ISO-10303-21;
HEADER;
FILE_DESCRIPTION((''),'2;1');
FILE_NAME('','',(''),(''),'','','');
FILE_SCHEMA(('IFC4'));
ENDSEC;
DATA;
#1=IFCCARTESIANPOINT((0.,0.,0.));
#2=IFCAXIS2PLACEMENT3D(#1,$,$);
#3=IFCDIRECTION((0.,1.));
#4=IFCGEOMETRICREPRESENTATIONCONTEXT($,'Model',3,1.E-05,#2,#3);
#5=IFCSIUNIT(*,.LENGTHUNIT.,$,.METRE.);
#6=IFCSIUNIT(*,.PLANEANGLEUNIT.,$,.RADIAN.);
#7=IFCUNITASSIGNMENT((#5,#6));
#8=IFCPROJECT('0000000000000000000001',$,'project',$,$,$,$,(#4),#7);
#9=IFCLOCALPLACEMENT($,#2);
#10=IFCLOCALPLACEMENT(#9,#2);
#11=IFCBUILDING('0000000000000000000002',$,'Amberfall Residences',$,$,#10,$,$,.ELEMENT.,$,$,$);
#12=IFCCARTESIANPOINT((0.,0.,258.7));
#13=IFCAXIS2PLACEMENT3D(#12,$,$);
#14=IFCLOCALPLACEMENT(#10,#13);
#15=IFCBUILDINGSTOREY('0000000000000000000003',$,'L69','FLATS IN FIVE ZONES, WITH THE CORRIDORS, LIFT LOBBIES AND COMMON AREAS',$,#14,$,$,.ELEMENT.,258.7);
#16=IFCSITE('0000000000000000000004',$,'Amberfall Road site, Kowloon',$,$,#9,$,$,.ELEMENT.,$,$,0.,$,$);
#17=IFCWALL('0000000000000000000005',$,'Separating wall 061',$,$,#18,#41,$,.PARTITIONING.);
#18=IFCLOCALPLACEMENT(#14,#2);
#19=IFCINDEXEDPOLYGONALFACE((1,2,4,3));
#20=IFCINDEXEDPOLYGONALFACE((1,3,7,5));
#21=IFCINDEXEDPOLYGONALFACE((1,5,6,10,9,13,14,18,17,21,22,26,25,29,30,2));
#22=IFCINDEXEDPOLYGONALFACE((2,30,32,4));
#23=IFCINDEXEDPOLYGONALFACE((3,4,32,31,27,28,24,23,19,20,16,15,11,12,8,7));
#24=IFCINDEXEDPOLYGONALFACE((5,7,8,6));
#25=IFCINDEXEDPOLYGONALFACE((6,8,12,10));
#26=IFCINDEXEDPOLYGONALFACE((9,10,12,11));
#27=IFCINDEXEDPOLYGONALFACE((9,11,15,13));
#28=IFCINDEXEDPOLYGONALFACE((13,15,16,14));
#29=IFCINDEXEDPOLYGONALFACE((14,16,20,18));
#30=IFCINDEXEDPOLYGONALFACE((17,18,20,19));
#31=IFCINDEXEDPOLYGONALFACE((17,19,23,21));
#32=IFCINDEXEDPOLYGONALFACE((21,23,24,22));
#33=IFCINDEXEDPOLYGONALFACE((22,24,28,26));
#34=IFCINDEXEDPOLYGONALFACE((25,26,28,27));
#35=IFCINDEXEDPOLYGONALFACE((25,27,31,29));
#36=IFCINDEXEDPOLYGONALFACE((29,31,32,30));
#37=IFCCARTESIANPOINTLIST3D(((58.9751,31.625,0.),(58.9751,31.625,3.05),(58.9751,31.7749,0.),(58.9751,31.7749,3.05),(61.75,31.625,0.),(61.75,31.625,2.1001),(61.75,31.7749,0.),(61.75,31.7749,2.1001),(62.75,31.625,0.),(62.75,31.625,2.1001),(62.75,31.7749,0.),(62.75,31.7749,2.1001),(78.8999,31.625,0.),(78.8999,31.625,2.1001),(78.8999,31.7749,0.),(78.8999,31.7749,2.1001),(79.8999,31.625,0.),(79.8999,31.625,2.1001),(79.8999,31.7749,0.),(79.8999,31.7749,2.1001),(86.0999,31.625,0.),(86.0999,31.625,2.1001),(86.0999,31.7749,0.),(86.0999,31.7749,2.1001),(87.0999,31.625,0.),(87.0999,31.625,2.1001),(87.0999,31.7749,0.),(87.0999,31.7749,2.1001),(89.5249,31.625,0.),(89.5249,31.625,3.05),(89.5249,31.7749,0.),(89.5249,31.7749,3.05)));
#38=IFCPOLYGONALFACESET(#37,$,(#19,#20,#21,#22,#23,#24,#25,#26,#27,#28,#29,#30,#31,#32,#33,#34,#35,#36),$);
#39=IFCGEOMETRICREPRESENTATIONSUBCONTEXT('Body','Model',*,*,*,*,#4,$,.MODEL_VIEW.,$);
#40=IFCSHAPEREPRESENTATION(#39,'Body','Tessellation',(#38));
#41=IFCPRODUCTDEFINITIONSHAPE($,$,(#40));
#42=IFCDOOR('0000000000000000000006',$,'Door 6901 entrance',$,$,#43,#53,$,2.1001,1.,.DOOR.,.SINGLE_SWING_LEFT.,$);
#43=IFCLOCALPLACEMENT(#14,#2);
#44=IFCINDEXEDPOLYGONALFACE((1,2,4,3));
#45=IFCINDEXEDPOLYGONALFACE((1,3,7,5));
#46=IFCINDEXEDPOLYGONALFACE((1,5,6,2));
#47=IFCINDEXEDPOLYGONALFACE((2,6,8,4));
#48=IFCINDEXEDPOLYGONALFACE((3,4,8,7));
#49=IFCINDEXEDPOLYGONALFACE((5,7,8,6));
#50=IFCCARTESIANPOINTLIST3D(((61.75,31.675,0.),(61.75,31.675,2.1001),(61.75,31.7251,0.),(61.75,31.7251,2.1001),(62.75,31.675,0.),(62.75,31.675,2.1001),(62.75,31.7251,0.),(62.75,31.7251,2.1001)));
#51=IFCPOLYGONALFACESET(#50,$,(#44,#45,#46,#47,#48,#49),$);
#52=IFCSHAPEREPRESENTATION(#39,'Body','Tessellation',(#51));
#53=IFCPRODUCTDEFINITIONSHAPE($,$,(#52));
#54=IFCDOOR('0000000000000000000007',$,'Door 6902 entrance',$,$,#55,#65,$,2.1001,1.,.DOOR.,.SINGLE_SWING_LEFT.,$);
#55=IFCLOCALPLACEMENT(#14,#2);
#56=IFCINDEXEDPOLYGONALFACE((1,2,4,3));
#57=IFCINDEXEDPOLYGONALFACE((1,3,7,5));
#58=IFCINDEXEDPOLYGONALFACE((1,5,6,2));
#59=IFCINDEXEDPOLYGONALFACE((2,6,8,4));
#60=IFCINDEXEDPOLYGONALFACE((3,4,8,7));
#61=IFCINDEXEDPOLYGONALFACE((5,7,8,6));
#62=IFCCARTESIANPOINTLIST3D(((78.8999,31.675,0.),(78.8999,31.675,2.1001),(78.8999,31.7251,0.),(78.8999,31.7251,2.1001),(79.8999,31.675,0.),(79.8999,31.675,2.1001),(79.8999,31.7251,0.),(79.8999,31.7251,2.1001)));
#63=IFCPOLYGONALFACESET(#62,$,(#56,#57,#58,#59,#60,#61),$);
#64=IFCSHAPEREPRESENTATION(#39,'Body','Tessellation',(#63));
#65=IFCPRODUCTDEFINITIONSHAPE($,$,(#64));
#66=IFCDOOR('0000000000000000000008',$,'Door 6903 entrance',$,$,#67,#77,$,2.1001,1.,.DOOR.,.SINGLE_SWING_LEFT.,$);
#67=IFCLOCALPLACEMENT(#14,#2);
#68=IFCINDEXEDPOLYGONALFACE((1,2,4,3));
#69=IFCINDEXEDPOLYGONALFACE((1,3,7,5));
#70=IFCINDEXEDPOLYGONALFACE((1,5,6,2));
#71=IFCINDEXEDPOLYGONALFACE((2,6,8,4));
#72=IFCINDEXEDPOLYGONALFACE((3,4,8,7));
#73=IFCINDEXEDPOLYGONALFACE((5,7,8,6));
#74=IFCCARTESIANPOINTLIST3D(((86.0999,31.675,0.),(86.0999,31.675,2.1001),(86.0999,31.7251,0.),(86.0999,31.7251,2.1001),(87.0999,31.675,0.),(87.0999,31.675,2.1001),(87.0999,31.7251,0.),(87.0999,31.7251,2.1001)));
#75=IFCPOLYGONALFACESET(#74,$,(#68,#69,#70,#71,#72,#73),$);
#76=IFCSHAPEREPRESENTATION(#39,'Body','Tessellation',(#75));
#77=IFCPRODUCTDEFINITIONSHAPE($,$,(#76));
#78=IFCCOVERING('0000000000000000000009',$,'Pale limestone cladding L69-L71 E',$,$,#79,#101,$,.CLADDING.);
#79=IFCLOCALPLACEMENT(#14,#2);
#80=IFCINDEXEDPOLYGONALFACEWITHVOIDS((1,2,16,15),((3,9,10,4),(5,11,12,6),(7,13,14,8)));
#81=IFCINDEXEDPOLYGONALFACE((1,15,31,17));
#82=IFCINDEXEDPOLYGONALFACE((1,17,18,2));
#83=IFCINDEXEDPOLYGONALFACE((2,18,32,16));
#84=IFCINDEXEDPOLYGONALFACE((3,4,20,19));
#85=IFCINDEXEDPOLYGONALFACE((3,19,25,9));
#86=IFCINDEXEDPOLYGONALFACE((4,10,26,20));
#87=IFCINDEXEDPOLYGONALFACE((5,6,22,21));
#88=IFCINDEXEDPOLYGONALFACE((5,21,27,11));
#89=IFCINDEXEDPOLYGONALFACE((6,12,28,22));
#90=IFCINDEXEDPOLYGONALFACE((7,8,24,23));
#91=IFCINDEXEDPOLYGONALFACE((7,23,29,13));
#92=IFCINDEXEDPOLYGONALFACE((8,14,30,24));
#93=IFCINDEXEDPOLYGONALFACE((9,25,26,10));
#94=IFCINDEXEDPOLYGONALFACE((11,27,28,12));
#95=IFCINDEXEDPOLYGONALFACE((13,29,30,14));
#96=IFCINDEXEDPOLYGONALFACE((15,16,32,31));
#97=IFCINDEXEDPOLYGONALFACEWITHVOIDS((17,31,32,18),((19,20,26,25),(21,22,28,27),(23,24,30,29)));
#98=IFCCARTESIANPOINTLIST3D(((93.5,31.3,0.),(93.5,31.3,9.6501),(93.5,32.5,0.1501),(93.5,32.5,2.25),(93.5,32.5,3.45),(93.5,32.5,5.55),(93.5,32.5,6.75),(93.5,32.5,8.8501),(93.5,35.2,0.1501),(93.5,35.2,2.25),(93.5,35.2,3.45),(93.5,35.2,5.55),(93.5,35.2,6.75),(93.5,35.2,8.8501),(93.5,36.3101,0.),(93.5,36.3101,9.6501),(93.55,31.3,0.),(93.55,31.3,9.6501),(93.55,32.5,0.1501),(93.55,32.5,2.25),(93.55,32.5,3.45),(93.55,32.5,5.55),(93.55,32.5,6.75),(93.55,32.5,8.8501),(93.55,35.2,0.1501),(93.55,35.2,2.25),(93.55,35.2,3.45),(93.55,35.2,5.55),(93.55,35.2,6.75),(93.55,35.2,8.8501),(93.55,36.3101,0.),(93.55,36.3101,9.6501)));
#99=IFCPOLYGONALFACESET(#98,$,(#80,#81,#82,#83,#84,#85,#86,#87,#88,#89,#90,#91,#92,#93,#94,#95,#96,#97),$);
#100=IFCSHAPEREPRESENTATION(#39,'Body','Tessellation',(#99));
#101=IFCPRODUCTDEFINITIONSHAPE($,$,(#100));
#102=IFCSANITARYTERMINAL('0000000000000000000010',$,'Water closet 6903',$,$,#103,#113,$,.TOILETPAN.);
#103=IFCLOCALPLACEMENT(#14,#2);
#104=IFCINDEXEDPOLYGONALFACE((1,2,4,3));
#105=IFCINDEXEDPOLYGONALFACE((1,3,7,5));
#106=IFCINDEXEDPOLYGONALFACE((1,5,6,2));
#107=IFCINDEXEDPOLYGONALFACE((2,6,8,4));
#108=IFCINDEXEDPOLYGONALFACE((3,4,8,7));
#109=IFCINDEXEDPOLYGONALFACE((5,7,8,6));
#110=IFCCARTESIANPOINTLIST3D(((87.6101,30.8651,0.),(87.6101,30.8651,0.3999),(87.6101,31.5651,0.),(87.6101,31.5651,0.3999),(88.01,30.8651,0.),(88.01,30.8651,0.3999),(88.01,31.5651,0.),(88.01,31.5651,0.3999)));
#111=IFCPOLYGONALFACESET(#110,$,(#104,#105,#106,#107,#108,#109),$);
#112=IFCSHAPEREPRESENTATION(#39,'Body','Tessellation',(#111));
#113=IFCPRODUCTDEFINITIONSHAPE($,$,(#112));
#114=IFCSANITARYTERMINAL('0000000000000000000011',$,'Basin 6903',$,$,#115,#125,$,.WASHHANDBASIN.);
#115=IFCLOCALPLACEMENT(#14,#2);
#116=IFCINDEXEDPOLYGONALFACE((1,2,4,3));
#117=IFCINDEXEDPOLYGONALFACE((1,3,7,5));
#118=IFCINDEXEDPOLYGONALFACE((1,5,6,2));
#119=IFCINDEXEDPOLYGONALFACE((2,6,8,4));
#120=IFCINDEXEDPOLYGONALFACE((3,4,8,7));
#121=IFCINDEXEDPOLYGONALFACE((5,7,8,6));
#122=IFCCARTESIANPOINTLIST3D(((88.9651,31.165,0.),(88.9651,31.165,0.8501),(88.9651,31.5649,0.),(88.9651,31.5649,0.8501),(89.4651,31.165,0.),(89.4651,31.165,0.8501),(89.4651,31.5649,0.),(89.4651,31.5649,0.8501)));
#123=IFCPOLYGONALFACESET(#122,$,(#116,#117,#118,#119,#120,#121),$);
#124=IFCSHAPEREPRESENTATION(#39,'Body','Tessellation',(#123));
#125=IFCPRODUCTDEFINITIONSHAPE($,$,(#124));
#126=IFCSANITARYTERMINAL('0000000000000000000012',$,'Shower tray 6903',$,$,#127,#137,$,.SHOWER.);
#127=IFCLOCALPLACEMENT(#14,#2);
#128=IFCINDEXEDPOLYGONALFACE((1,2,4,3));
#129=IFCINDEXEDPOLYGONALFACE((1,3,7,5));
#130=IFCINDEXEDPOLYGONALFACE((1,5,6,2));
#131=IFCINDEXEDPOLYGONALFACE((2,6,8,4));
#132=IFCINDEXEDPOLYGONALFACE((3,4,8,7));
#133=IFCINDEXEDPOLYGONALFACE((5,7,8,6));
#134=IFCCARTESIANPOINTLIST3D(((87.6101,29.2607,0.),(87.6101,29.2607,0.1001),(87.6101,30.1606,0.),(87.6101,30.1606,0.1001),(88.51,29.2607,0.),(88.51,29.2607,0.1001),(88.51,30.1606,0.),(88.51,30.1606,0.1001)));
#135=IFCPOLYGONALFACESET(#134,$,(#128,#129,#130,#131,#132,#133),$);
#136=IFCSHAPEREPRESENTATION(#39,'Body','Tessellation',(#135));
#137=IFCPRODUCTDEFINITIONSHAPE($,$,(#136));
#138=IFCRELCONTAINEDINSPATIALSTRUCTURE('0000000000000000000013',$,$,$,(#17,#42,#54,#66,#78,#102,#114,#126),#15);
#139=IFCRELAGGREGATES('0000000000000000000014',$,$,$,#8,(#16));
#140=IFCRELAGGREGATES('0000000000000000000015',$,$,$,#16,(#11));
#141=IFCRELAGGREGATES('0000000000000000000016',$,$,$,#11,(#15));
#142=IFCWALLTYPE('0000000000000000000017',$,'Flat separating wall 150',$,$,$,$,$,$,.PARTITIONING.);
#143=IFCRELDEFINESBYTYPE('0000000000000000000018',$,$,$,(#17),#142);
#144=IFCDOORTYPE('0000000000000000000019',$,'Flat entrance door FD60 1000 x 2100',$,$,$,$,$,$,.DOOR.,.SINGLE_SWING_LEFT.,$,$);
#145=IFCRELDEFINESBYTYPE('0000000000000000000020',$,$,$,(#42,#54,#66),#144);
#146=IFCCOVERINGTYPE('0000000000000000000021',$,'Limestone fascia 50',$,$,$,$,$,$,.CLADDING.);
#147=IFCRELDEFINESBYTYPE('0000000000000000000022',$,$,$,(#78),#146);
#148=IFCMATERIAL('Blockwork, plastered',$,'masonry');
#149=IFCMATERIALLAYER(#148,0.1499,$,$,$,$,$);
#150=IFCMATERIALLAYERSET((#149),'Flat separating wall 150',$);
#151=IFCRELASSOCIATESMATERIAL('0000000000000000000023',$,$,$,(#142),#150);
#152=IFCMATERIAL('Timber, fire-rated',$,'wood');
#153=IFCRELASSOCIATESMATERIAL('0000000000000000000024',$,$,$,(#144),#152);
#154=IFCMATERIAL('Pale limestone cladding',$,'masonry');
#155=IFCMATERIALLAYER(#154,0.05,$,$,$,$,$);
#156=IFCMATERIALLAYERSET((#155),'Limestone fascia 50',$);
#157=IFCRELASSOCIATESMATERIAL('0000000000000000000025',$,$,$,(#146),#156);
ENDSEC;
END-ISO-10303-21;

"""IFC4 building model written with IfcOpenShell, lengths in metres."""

from ifc_helpers import new_model, si_unit, direction, frame, frame_2d, origin, origin_2d, place, context, subcontext, project, spatial, polyline, rectangle, outline, extrude, material, layer, layer_set, type_object, element, fill, save


model = new_model("IFC4")

# Units and contexts
model_context = context("Model", 3, precision=1e-05, world=origin(), true_north=direction((0.0, 1.0)))
body_context = subcontext(model_context, "Body", "Model", "MODEL_VIEW")
ifc_project = project(units=[si_unit("LENGTHUNIT", "METRE"), si_unit("PLANEANGLEUNIT", "RADIAN")], contexts=[model_context])

# Site, building, storey
site_placement = place(None, origin())
site = spatial("IfcSite", under=ifc_project, at=site_placement, Name="Amberfall Road site, Kowloon", CompositionType="ELEMENT", RefElevation=0.0)
building_placement = place(site_placement, origin())
building = spatial("IfcBuilding", under=site, at=building_placement, Name="Amberfall Residences", CompositionType="ELEMENT")
storey_placement = place(building_placement, frame((0.0, 0.0, 258.7)))
storey = spatial("IfcBuildingStorey", under=building, at=storey_placement, Name="L69", Description="FLATS IN FIVE ZONES, WITH THE CORRIDORS, LIFT LOBBIES AND COMMON AREAS", CompositionType="ELEMENT", Elevation=258.7)

# Shared definitions
ifc_material_1 = material(Name="Blockwork, plastered", Category="masonry")
ifc_layer_1 = layer(ifc_material_1, 0.1499)
ifc_layer_set_1 = layer_set([ifc_layer_1], Name="Flat separating wall 150")
wall_type_1 = type_object("IfcWallType", Name="Flat separating wall 150", PredefinedType="PARTITIONING", material=ifc_layer_set_1)

# Wall, openings, doors
wall_1_placement = place(storey_placement, frame((89.5249, 31.7, 0.0), z_axis=(0.0, 0.0, 1.0), x_axis=(-1.0, 0.0, 0.0)))
wall_1 = element("IfcWall", 1, at=wall_1_placement, inside=storey, type_object=wall_type_1, Name="Separating wall 061", PredefinedType="PARTITIONING", context=body_context, shape_type="SweptSolid", body=[
    extrude(rectangle(XDim=30.5498, YDim=0.1499, at=frame_2d((15.2749, 0.0))), origin(), (0.0, 0.0, 1.0), 3.05),
])
opening_1_placement = place(wall_1_placement, frame((26.7749, 0.0, 0.0)))
opening_1 = element("IfcOpeningElement", 2, at=opening_1_placement, cuts=wall_1, PredefinedType="OPENING", context=body_context, shape_type="SweptSolid", body=[
    extrude(rectangle(XDim=1.0, YDim=2.1001, at=frame_2d((0.5, 1.05))), frame((0.0, 0.085, 0.0), z_axis=(0.0, -1.0, 0.0), x_axis=(1.0, 0.0, 0.0)), (0.0, 0.0, 1.0), 0.1699),
])
opening_2_placement = place(wall_1_placement, frame((9.625, 0.0, 0.0)))
opening_2 = element("IfcOpeningElement", 3, at=opening_2_placement, cuts=wall_1, PredefinedType="OPENING", context=body_context, shape_type="SweptSolid", body=[
    extrude(rectangle(XDim=1.0, YDim=2.1001, at=frame_2d((0.5, 1.05))), frame((0.0, 0.085, 0.0), z_axis=(0.0, -1.0, 0.0), x_axis=(1.0, 0.0, 0.0)), (0.0, 0.0, 1.0), 0.1699),
])
opening_3_placement = place(wall_1_placement, frame((2.425, 0.0, 0.0)))
opening_3 = element("IfcOpeningElement", 4, at=opening_3_placement, cuts=wall_1, PredefinedType="OPENING", context=body_context, shape_type="SweptSolid", body=[
    extrude(rectangle(XDim=1.0, YDim=2.1001, at=frame_2d((0.5, 1.05))), frame((0.0, 0.085, 0.0), z_axis=(0.0, -1.0, 0.0), x_axis=(1.0, 0.0, 0.0)), (0.0, 0.0, 1.0), 0.1699),
])
ifc_material_2 = material(Name="Timber, fire-rated", Category="wood")
door_type_1 = type_object("IfcDoorType", Name="Flat entrance door FD60 1000 x 2100", OperationType="SINGLE_SWING_LEFT", PredefinedType="DOOR", material=ifc_material_2)
door_1_placement = place(opening_1_placement, origin())
door_1 = element("IfcDoor", 5, at=door_1_placement, inside=storey, type_object=door_type_1, Name="Door 6901 entrance", OperationType="SINGLE_SWING_LEFT", OverallHeight=2.1001, OverallWidth=1.0, PredefinedType="DOOR", context=body_context, shape_type="SweptSolid", body=[
    extrude(rectangle(XDim=1.0, YDim=2.1001, at=frame_2d((0.5, 1.05))), frame((0.0, 0.0249, 0.0), z_axis=(0.0, -1.0, 0.0), x_axis=(1.0, 0.0, 0.0)), (0.0, 0.0, 1.0), 0.05),
])
fill(opening_1, door_1)
door_2_placement = place(opening_2_placement, origin())
door_2 = element("IfcDoor", 6, at=door_2_placement, inside=storey, type_object=door_type_1, Name="Door 6902 entrance", OperationType="SINGLE_SWING_LEFT", OverallHeight=2.1001, OverallWidth=1.0, PredefinedType="DOOR", context=body_context, shape_type="SweptSolid", body=[
    extrude(rectangle(XDim=1.0, YDim=2.1001, at=frame_2d((0.5, 1.05))), frame((0.0, 0.0249, 0.0), z_axis=(0.0, -1.0, 0.0), x_axis=(1.0, 0.0, 0.0)), (0.0, 0.0, 1.0), 0.05),
])
fill(opening_2, door_2)
door_3_placement = place(opening_3_placement, origin())
door_3 = element("IfcDoor", 7, at=door_3_placement, inside=storey, type_object=door_type_1, Name="Door 6903 entrance", OperationType="SINGLE_SWING_LEFT", OverallHeight=2.1001, OverallWidth=1.0, PredefinedType="DOOR", context=body_context, shape_type="SweptSolid", body=[
    extrude(rectangle(XDim=1.0, YDim=2.1001, at=frame_2d((0.5, 1.05))), frame((0.0, 0.0249, 0.0), z_axis=(0.0, -1.0, 0.0), x_axis=(1.0, 0.0, 0.0)), (0.0, 0.0, 1.0), 0.05),
])
fill(opening_3, door_3)

# Covering
ifc_material_3 = material(Name="Pale limestone cladding", Category="masonry")
ifc_layer_2 = layer(ifc_material_3, 0.05)
ifc_layer_set_2 = layer_set([ifc_layer_2], Name="Limestone fascia 50")
covering_type = type_object("IfcCoveringType", Name="Limestone fascia 50", PredefinedType="CLADDING", material=ifc_layer_set_2)
covering_placement = place(storey_placement, frame((93.5, 31.3, 9.6501), z_axis=(-1.0, 0.0, 0.0), x_axis=(0.0, 1.0, 0.0)))
element("IfcCovering", 8, at=covering_placement, inside=storey, type_object=covering_type, Name="Pale limestone cladding L69-L71 E", PredefinedType="CLADDING", context=body_context, shape_type="SweptSolid", body=[
    extrude(outline(polyline([(0.0, 0.0), (5.01, 0.0), (5.01, 9.6501), (0.0, 9.6501), (0.0, 0.0)]), holes=[polyline([(1.2, 7.4001), (3.8999, 7.4001), (3.8999, 9.5), (1.2, 9.5), (1.2, 7.4001)]), polyline([(1.2, 4.1001), (3.8999, 4.1001), (3.8999, 6.2002), (1.2, 6.2002), (1.2, 4.1001)]), polyline([(1.2, 0.8), (3.8999, 0.8), (3.8999, 2.9001), (1.2, 2.9001), (1.2, 0.8)])]), origin(), (0.0, 0.0, -1.0), 0.05),
])

# Sanitary terminals
sanitary_terminal_1_placement = place(storey_placement, frame((87.8101, 31.2151, 0.0), z_axis=(0.0, 0.0, 1.0), x_axis=(1.0, 0.0, 0.0)))
element("IfcSanitaryTerminal", 9, at=sanitary_terminal_1_placement, inside=storey, Name="Water closet 6903", PredefinedType="TOILETPAN", context=body_context, shape_type="SweptSolid", body=[
    extrude(rectangle(XDim=0.3999, YDim=0.7, at=origin_2d()), origin(), (0.0, 0.0, 1.0), 0.3999),
])
sanitary_terminal_2_placement = place(storey_placement, frame((89.2151, 31.365, 0.0), z_axis=(0.0, 0.0, 1.0), x_axis=(1.0, 0.0, 0.0)))
element("IfcSanitaryTerminal", 10, at=sanitary_terminal_2_placement, inside=storey, Name="Basin 6903", PredefinedType="WASHHANDBASIN", context=body_context, shape_type="SweptSolid", body=[
    extrude(rectangle(XDim=0.5, YDim=0.3999, at=origin_2d()), origin(), (0.0, 0.0, 1.0), 0.8501),
])
sanitary_terminal_3_placement = place(storey_placement, frame((88.0601, 29.7107, 0.0), z_axis=(0.0, 0.0, 1.0), x_axis=(1.0, 0.0, 0.0)))
element("IfcSanitaryTerminal", 11, at=sanitary_terminal_3_placement, inside=storey, Name="Shower tray 6903", PredefinedType="SHOWER", context=body_context, shape_type="SweptSolid", body=[
    extrude(rectangle(XDim=0.8999, YDim=0.8999, at=origin_2d()), origin(), (0.0, 0.0, 1.0), 0.1001),
])

save(model, "model.ifc")
